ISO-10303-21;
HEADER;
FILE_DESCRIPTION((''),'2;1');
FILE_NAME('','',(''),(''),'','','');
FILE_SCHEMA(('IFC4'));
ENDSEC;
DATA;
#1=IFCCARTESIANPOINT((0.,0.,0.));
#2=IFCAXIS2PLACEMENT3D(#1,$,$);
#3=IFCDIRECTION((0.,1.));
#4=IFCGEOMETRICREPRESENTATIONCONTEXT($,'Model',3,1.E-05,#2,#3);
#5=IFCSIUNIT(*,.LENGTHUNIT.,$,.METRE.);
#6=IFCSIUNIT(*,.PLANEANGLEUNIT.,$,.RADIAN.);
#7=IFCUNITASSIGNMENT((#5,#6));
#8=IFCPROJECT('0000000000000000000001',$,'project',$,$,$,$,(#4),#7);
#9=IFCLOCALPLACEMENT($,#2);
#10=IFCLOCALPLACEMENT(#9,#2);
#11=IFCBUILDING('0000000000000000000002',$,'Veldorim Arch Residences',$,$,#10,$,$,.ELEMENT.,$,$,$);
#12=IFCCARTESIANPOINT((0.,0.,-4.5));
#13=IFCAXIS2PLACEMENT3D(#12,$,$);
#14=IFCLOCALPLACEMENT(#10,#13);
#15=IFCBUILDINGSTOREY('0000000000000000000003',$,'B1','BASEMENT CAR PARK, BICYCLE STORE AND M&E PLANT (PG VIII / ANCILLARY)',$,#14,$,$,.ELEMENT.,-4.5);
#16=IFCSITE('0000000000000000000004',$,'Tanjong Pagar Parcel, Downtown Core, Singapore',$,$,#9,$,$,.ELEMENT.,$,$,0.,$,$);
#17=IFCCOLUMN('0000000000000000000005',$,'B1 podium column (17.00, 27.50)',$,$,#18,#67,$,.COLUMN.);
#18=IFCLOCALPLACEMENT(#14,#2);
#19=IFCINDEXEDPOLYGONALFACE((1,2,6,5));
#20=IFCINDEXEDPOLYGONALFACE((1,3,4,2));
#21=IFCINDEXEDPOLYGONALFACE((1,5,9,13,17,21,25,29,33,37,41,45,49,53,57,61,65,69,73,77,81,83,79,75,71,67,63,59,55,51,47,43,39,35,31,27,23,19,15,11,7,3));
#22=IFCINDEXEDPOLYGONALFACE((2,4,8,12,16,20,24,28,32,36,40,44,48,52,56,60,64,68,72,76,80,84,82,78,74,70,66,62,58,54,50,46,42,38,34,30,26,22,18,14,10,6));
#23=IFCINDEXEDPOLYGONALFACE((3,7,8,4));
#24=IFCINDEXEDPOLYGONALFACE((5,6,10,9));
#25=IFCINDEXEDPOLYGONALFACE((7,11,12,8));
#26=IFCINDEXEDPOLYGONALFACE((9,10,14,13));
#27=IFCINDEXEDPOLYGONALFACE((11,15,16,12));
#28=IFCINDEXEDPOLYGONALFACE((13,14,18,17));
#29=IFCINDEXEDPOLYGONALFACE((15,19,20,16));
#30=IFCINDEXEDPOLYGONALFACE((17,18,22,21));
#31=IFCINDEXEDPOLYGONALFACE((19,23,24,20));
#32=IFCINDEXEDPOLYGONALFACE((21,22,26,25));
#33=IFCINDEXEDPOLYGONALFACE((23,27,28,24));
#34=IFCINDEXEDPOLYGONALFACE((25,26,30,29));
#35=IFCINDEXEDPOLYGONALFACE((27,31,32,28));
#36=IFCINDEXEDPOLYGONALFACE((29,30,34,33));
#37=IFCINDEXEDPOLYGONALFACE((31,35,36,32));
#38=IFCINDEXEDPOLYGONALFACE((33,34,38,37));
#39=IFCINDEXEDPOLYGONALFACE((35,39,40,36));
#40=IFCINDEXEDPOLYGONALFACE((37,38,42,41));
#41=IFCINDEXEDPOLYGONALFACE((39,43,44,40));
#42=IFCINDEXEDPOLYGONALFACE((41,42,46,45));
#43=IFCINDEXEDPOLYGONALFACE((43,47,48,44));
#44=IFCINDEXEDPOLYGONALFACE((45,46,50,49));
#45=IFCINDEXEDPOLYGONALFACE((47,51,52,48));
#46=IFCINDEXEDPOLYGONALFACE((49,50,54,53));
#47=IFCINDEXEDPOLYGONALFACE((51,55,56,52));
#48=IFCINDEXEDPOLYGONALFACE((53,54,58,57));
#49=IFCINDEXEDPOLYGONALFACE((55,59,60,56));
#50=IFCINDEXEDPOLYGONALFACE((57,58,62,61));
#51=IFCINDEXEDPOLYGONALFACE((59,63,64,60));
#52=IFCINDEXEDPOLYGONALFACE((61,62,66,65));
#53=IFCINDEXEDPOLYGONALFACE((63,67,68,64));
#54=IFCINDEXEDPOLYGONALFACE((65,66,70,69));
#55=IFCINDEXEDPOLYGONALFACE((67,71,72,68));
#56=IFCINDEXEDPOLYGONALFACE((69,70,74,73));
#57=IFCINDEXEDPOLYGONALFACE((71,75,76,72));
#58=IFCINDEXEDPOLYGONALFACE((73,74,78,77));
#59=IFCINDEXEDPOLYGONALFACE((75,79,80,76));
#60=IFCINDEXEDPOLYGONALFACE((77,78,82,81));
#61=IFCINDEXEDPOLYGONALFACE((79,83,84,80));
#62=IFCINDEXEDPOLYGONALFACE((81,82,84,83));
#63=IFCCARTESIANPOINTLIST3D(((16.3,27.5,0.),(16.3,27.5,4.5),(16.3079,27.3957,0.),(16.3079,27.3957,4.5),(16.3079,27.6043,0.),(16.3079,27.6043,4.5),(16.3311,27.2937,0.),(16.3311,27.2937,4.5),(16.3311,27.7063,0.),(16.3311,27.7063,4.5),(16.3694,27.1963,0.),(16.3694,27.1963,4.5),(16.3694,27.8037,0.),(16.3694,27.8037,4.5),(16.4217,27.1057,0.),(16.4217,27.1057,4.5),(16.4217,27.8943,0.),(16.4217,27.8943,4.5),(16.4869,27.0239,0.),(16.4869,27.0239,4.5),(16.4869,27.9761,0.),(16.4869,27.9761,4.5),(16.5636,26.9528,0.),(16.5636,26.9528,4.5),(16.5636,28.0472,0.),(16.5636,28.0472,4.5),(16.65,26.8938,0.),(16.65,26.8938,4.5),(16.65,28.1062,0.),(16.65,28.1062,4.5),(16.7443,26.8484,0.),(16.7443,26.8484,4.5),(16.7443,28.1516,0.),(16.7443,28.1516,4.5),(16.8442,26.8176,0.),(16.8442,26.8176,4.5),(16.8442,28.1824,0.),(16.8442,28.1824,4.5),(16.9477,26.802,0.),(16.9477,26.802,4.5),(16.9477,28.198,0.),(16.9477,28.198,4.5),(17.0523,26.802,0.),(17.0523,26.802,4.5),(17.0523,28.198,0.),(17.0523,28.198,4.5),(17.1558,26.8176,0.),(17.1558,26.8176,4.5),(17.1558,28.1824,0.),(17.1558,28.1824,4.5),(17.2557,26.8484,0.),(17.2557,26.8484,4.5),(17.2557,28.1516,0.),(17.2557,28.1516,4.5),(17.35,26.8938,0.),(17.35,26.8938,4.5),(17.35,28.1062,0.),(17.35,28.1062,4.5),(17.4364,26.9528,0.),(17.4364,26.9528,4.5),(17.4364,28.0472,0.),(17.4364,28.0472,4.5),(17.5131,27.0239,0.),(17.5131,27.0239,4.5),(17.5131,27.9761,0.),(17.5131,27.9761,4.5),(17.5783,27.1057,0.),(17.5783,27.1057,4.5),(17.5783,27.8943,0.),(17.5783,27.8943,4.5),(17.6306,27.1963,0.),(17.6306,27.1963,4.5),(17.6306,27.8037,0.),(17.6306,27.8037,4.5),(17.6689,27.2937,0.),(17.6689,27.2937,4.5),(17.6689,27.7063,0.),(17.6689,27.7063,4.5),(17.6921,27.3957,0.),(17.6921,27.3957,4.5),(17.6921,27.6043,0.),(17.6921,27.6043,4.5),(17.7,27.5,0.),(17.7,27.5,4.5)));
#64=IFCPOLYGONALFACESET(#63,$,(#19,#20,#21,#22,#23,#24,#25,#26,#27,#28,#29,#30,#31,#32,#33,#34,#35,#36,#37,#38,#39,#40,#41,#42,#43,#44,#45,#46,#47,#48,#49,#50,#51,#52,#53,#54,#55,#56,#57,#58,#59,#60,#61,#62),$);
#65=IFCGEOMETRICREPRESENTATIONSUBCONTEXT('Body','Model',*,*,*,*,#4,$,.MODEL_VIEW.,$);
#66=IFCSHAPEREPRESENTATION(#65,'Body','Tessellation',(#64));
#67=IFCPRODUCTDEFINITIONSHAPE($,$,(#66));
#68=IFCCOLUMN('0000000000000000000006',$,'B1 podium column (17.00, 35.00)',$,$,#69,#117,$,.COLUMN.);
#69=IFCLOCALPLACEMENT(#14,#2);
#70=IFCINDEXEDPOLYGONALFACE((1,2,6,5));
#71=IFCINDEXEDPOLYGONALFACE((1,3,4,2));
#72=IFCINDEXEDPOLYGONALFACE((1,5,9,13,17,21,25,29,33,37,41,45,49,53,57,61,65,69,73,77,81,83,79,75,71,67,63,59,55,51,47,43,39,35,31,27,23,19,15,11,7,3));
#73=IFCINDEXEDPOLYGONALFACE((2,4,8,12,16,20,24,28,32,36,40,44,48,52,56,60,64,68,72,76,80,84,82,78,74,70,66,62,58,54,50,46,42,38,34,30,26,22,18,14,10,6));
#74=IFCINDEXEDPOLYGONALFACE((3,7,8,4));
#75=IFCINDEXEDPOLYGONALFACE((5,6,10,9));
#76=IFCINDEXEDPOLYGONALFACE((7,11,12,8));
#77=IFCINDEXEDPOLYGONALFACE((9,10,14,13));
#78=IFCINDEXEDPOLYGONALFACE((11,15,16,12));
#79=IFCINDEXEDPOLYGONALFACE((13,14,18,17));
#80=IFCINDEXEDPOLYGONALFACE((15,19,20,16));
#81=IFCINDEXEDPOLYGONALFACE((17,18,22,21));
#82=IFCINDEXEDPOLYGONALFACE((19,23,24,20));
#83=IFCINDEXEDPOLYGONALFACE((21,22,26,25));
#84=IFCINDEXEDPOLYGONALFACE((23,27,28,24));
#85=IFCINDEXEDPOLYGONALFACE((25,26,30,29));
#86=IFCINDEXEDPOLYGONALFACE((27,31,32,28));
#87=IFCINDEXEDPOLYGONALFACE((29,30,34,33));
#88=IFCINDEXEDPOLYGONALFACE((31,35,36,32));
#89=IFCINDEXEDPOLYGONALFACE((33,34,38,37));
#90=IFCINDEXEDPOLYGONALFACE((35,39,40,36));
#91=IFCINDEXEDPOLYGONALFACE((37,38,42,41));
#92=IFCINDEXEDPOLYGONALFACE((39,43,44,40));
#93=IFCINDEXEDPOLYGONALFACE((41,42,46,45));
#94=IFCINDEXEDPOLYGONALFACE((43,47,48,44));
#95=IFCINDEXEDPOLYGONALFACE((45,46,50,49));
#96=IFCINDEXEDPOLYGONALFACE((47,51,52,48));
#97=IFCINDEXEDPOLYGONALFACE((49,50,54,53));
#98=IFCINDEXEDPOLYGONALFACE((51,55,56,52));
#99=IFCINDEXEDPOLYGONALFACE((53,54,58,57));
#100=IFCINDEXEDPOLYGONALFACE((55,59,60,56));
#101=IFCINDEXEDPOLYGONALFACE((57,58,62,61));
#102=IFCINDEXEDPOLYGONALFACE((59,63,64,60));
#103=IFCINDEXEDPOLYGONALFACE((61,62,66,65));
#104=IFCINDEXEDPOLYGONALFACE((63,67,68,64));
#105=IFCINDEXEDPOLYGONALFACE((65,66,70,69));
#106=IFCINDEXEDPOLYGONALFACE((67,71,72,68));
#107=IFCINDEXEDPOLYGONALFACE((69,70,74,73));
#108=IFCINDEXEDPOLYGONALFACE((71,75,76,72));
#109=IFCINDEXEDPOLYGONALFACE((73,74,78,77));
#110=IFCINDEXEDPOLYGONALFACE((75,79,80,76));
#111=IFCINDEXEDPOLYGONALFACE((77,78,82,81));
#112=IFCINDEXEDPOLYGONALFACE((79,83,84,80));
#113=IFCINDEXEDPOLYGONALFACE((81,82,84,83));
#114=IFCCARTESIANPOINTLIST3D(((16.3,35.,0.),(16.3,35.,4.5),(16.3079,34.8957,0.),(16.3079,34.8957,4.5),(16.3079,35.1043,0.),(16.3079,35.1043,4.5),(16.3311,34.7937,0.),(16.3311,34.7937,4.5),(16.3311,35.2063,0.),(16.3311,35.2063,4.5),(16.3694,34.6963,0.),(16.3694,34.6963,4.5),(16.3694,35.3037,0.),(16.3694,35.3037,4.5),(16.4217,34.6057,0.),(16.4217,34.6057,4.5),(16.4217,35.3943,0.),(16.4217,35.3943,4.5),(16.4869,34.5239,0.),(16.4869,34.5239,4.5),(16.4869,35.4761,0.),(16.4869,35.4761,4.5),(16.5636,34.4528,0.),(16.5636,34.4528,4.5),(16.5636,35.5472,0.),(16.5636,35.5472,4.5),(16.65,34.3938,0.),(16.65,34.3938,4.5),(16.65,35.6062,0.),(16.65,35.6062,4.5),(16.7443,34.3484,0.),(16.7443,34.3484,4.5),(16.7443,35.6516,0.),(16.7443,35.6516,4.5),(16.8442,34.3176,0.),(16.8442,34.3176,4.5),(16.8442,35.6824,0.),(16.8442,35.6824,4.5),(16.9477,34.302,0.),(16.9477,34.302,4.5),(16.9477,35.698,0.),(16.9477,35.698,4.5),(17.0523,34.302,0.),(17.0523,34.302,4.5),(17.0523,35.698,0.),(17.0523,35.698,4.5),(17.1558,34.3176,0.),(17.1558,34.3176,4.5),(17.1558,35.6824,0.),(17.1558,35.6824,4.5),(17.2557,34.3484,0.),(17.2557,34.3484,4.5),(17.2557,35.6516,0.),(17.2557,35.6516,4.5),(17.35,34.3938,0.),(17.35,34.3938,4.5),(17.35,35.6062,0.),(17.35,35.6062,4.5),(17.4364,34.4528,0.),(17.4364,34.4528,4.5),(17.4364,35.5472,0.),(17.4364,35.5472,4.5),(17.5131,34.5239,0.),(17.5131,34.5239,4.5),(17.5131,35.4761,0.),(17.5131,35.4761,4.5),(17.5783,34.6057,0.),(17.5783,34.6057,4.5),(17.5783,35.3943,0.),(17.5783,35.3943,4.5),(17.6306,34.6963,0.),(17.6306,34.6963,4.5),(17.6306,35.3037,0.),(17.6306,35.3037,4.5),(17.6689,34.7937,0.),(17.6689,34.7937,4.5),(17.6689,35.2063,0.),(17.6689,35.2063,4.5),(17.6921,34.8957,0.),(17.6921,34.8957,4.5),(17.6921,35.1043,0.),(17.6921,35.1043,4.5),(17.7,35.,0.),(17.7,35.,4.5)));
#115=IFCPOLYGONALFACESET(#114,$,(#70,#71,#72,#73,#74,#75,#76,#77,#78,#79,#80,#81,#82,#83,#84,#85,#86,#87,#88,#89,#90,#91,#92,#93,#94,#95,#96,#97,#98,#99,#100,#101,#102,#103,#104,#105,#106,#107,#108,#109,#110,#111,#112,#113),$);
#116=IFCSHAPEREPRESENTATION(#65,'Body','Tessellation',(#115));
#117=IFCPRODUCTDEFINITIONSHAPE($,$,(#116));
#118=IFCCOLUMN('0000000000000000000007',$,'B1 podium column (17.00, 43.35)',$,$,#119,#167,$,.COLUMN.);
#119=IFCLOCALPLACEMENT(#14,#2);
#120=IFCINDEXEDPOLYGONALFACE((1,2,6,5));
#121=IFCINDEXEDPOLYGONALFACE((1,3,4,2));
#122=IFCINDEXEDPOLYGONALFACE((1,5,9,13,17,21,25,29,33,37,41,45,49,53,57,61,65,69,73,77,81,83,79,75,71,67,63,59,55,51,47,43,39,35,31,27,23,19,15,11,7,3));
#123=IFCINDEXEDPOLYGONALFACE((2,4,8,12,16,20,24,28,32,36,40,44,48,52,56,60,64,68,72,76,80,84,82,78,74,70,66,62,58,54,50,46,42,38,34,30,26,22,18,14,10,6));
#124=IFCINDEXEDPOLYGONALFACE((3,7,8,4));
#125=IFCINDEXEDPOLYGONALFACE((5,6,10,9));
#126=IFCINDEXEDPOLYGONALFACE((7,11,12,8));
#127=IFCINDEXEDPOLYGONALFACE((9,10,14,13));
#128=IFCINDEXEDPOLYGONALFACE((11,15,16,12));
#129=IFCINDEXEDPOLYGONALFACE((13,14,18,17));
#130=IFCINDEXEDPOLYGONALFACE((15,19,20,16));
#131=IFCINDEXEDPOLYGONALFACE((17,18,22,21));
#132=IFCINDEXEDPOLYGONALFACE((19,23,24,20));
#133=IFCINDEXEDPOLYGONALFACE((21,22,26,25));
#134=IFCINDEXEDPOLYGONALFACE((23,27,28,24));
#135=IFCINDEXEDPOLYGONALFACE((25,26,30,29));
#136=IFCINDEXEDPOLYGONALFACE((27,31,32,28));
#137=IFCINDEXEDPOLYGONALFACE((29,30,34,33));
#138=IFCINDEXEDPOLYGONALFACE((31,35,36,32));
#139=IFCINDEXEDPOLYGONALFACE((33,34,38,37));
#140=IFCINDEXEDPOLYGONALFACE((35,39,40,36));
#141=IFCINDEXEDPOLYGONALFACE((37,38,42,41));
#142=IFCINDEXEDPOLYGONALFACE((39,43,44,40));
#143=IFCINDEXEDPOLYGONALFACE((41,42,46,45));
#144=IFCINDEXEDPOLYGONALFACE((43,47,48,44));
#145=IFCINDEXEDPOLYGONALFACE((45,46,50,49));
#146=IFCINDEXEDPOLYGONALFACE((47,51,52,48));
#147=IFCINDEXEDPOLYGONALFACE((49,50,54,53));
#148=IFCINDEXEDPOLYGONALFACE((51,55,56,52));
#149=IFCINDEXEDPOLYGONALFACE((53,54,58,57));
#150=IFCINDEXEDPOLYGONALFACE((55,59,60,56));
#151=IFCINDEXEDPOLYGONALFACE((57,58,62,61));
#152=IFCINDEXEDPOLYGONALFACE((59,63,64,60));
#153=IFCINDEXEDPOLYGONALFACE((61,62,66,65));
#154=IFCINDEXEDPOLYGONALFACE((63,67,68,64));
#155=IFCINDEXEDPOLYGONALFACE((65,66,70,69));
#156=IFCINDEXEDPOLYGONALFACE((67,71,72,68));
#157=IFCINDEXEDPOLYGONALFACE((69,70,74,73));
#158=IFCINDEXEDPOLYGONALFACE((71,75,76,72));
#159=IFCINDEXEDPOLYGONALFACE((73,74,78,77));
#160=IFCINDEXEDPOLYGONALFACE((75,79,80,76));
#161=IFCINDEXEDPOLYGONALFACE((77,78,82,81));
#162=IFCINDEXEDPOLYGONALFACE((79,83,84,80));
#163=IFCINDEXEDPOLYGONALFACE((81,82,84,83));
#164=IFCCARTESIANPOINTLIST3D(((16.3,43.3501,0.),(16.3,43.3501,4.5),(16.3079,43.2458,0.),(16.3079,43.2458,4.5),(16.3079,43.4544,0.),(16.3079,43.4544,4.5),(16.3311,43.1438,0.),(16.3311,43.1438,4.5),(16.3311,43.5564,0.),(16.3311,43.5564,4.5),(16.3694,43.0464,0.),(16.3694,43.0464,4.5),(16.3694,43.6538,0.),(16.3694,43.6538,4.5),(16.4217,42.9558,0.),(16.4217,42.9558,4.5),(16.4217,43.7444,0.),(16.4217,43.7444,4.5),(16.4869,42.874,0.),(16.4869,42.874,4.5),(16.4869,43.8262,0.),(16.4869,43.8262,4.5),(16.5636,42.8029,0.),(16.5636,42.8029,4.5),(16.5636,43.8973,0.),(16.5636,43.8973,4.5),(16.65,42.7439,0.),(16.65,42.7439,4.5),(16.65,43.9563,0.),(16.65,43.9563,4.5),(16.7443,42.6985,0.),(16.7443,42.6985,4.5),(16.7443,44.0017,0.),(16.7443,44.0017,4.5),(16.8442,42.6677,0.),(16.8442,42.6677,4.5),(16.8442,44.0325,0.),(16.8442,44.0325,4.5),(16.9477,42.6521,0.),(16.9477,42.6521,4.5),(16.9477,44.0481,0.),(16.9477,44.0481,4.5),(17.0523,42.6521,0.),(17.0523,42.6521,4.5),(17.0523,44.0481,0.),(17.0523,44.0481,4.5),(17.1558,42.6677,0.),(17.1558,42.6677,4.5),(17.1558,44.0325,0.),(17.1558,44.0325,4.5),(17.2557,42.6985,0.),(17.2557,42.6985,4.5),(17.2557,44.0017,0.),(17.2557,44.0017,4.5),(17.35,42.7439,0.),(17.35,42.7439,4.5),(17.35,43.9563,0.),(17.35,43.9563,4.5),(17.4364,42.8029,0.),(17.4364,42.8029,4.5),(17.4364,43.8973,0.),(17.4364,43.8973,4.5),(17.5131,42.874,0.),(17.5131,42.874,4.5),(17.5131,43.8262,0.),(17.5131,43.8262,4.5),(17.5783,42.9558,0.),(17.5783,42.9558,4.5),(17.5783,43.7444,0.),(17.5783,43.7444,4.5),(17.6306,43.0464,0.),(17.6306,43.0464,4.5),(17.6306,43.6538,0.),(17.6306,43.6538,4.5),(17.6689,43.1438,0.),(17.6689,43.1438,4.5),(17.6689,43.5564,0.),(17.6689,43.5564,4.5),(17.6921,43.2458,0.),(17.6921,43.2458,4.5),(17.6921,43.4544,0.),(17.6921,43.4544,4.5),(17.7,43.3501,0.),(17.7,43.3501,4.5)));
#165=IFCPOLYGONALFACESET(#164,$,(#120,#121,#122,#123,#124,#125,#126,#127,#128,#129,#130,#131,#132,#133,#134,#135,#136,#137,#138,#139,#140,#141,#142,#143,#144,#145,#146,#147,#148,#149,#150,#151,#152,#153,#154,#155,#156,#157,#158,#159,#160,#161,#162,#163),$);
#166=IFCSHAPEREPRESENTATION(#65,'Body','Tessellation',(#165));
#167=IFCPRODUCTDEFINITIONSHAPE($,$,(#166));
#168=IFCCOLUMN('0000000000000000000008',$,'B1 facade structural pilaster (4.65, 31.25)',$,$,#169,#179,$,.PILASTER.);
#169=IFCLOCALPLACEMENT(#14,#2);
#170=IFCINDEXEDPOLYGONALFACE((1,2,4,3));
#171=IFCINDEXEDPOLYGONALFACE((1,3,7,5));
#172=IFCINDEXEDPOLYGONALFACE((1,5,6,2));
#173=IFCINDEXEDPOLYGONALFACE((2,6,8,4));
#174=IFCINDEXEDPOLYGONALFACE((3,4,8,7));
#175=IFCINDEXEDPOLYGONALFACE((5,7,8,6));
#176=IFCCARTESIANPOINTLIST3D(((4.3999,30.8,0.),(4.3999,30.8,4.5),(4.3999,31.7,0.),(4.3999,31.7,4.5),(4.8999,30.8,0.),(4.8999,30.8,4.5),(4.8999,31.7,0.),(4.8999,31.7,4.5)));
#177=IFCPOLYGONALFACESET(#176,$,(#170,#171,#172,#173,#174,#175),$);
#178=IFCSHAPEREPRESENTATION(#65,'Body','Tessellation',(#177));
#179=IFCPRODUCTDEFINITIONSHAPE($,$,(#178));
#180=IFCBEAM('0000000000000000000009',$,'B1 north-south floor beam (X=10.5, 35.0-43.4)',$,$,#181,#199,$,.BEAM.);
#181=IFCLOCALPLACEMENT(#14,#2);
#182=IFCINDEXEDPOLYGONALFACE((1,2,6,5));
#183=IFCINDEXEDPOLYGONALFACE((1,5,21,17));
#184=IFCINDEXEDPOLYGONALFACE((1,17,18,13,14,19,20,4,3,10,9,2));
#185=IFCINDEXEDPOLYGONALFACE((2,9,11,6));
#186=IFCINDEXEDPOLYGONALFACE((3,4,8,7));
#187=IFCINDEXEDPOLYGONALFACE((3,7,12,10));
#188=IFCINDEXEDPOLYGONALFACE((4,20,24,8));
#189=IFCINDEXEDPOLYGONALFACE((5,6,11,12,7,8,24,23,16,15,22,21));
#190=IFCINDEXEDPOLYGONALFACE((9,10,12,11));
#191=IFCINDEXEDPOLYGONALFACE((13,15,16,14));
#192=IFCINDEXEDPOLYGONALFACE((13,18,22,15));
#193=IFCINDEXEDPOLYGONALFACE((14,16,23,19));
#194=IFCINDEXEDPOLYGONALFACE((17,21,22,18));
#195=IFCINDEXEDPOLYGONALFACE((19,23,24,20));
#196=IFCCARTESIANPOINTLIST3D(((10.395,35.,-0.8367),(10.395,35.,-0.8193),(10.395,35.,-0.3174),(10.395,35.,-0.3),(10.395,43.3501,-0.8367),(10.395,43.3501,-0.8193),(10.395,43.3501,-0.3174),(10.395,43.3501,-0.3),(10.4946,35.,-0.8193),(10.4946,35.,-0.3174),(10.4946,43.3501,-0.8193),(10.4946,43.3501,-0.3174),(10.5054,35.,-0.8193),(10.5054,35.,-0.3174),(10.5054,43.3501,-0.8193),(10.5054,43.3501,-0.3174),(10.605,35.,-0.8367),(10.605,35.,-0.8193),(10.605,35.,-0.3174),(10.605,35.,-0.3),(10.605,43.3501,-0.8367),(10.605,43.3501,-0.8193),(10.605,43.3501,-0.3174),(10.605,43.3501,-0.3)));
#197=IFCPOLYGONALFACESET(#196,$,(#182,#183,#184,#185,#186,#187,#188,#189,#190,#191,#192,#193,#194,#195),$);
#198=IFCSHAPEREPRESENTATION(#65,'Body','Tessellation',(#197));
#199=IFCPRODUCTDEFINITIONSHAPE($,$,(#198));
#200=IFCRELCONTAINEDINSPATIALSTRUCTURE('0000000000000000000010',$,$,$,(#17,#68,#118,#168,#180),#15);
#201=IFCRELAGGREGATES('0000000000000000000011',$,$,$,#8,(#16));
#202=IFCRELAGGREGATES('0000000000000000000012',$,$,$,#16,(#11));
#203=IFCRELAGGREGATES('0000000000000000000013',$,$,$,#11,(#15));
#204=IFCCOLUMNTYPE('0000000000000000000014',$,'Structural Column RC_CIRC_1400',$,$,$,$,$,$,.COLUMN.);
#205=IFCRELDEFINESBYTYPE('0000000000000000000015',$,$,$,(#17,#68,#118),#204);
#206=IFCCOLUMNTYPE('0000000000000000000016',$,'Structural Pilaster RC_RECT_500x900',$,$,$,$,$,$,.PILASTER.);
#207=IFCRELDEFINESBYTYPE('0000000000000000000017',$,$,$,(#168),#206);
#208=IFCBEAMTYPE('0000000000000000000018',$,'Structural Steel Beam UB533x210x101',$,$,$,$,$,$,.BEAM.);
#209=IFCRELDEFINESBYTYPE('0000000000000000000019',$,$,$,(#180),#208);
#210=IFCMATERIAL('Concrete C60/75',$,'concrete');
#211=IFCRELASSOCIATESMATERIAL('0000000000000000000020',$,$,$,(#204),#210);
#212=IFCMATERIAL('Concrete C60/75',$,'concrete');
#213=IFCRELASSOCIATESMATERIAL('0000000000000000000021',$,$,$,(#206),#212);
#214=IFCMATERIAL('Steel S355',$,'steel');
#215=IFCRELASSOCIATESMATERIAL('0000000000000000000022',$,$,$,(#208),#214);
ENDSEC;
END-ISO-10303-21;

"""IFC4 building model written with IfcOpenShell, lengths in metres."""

from ifc_helpers import new_model, si_unit, direction, frame, origin, origin_2d, place, context, subcontext, project, spatial, rectangle, circle, i_section, extrude, material, material_profile, profile_set, type_object, element, save


model = new_model("IFC4")

# Units and contexts
model_context = context("Model", 3, precision=1e-05, world=origin(), true_north=direction((0.0, 1.0)))
body_context = subcontext(model_context, "Body", "Model", "MODEL_VIEW")
ifc_project = project(units=[si_unit("LENGTHUNIT", "METRE"), si_unit("PLANEANGLEUNIT", "RADIAN")], contexts=[model_context])

# Site, building, storey
site_placement = place(None, origin())
site = spatial("IfcSite", under=ifc_project, at=site_placement, Name="Tanjong Pagar Parcel, Downtown Core, Singapore", CompositionType="ELEMENT", RefElevation=0.0)
building_placement = place(site_placement, origin())
building = spatial("IfcBuilding", under=site, at=building_placement, Name="Veldorim Arch Residences", CompositionType="ELEMENT")
storey_placement = place(building_placement, frame((0.0, 0.0, -4.5)))
storey = spatial("IfcBuildingStorey", under=building, at=storey_placement, Name="B1", Description="BASEMENT CAR PARK, BICYCLE STORE AND M&E PLANT (PG VIII / ANCILLARY)", CompositionType="ELEMENT", Elevation=-4.5)

# Columns
ifc_material_1 = material(Name="Concrete C60/75", Category="concrete")
ifc_material_profile_1 = material_profile(ifc_material_1, circle(Radius=0.7, at=origin_2d()), Name="RC_CIRC_1400")
ifc_profile_set_1 = profile_set([ifc_material_profile_1], Name="Concrete C60/75")
column_type_1 = type_object("IfcColumnType", Name="Structural Column RC_CIRC_1400", PredefinedType="COLUMN", material=ifc_profile_set_1)
for number, where, z_axis, x_axis, name in (
    (1, (17.0, 27.5, 0.0), (0.0, 0.0, 1.0), (1.0, 0.0, 0.0), "B1 podium column (17.00, 27.50)"),
    (2, (17.0, 35.0, 0.0), (0.0, 0.0, 1.0), (1.0, 0.0, 0.0), "B1 podium column (17.00, 35.00)"),
    (3, (17.0, 43.3501, 0.0), (0.0, 0.0, 1.0), (1.0, 0.0, 0.0), "B1 podium column (17.00, 43.35)"),
):
    element("IfcColumn", number, at=place(storey_placement, frame(where, z_axis=z_axis, x_axis=x_axis)), inside=storey, type_object=column_type_1, Name=name, PredefinedType="COLUMN", context=body_context, shape_type="SweptSolid", body=[
        extrude(circle(Radius=0.7, at=origin_2d()), origin(), (0.0, 0.0, 1.0), 4.5),
    ])
ifc_material_2 = material(Name="Concrete C60/75", Category="concrete")
ifc_material_profile_2 = material_profile(ifc_material_2, rectangle(XDim=0.5, YDim=0.8999, at=origin_2d()), Name="RC_RECT_500x900")
ifc_profile_set_2 = profile_set([ifc_material_profile_2], Name="Concrete C60/75")
column_type_2 = type_object("IfcColumnType", Name="Structural Pilaster RC_RECT_500x900", PredefinedType="PILASTER", material=ifc_profile_set_2)
column_placement = place(storey_placement, frame((4.6499, 31.25, 0.0), z_axis=(0.0, 0.0, 1.0), x_axis=(1.0, 0.0, 0.0)))
element("IfcColumn", 4, at=column_placement, inside=storey, type_object=column_type_2, Name="B1 facade structural pilaster (4.65, 31.25)", PredefinedType="PILASTER", context=body_context, shape_type="SweptSolid", body=[
    extrude(rectangle(XDim=0.5, YDim=0.8999, at=origin_2d()), origin(), (0.0, 0.0, 1.0), 4.5),
])

# Beam
ifc_material_3 = material(Name="Steel S355", Category="steel")
ifc_material_profile_3 = material_profile(ifc_material_3, i_section(OverallWidth=0.21, OverallDepth=0.5366, WebThickness=0.0107, FlangeThickness=0.0173, at=origin_2d()), Name="UB533x210x101")
ifc_profile_set_3 = profile_set([ifc_material_profile_3], Name="Steel S355")
beam_type_1 = type_object("IfcBeamType", Name="Structural Steel Beam UB533x210x101", PredefinedType="BEAM", material=ifc_profile_set_3)
beam_1_placement = place(storey_placement, frame((10.5, 35.0, -0.5684), z_axis=(0.0, 1.0, 0.0), x_axis=(-1.0, 0.0, 0.0)))
element("IfcBeam", 5, at=beam_1_placement, inside=storey, type_object=beam_type_1, Name="B1 north-south floor beam (X=10.5, 35.0-43.4)", PredefinedType="BEAM", context=body_context, shape_type="SweptSolid", body=[
    extrude(i_section(OverallWidth=0.21, OverallDepth=0.5366, WebThickness=0.0107, FlangeThickness=0.0173, at=origin_2d()), origin(), (0.0, 0.0, 1.0), 8.3501),
])

save(model, "model.ifc")
